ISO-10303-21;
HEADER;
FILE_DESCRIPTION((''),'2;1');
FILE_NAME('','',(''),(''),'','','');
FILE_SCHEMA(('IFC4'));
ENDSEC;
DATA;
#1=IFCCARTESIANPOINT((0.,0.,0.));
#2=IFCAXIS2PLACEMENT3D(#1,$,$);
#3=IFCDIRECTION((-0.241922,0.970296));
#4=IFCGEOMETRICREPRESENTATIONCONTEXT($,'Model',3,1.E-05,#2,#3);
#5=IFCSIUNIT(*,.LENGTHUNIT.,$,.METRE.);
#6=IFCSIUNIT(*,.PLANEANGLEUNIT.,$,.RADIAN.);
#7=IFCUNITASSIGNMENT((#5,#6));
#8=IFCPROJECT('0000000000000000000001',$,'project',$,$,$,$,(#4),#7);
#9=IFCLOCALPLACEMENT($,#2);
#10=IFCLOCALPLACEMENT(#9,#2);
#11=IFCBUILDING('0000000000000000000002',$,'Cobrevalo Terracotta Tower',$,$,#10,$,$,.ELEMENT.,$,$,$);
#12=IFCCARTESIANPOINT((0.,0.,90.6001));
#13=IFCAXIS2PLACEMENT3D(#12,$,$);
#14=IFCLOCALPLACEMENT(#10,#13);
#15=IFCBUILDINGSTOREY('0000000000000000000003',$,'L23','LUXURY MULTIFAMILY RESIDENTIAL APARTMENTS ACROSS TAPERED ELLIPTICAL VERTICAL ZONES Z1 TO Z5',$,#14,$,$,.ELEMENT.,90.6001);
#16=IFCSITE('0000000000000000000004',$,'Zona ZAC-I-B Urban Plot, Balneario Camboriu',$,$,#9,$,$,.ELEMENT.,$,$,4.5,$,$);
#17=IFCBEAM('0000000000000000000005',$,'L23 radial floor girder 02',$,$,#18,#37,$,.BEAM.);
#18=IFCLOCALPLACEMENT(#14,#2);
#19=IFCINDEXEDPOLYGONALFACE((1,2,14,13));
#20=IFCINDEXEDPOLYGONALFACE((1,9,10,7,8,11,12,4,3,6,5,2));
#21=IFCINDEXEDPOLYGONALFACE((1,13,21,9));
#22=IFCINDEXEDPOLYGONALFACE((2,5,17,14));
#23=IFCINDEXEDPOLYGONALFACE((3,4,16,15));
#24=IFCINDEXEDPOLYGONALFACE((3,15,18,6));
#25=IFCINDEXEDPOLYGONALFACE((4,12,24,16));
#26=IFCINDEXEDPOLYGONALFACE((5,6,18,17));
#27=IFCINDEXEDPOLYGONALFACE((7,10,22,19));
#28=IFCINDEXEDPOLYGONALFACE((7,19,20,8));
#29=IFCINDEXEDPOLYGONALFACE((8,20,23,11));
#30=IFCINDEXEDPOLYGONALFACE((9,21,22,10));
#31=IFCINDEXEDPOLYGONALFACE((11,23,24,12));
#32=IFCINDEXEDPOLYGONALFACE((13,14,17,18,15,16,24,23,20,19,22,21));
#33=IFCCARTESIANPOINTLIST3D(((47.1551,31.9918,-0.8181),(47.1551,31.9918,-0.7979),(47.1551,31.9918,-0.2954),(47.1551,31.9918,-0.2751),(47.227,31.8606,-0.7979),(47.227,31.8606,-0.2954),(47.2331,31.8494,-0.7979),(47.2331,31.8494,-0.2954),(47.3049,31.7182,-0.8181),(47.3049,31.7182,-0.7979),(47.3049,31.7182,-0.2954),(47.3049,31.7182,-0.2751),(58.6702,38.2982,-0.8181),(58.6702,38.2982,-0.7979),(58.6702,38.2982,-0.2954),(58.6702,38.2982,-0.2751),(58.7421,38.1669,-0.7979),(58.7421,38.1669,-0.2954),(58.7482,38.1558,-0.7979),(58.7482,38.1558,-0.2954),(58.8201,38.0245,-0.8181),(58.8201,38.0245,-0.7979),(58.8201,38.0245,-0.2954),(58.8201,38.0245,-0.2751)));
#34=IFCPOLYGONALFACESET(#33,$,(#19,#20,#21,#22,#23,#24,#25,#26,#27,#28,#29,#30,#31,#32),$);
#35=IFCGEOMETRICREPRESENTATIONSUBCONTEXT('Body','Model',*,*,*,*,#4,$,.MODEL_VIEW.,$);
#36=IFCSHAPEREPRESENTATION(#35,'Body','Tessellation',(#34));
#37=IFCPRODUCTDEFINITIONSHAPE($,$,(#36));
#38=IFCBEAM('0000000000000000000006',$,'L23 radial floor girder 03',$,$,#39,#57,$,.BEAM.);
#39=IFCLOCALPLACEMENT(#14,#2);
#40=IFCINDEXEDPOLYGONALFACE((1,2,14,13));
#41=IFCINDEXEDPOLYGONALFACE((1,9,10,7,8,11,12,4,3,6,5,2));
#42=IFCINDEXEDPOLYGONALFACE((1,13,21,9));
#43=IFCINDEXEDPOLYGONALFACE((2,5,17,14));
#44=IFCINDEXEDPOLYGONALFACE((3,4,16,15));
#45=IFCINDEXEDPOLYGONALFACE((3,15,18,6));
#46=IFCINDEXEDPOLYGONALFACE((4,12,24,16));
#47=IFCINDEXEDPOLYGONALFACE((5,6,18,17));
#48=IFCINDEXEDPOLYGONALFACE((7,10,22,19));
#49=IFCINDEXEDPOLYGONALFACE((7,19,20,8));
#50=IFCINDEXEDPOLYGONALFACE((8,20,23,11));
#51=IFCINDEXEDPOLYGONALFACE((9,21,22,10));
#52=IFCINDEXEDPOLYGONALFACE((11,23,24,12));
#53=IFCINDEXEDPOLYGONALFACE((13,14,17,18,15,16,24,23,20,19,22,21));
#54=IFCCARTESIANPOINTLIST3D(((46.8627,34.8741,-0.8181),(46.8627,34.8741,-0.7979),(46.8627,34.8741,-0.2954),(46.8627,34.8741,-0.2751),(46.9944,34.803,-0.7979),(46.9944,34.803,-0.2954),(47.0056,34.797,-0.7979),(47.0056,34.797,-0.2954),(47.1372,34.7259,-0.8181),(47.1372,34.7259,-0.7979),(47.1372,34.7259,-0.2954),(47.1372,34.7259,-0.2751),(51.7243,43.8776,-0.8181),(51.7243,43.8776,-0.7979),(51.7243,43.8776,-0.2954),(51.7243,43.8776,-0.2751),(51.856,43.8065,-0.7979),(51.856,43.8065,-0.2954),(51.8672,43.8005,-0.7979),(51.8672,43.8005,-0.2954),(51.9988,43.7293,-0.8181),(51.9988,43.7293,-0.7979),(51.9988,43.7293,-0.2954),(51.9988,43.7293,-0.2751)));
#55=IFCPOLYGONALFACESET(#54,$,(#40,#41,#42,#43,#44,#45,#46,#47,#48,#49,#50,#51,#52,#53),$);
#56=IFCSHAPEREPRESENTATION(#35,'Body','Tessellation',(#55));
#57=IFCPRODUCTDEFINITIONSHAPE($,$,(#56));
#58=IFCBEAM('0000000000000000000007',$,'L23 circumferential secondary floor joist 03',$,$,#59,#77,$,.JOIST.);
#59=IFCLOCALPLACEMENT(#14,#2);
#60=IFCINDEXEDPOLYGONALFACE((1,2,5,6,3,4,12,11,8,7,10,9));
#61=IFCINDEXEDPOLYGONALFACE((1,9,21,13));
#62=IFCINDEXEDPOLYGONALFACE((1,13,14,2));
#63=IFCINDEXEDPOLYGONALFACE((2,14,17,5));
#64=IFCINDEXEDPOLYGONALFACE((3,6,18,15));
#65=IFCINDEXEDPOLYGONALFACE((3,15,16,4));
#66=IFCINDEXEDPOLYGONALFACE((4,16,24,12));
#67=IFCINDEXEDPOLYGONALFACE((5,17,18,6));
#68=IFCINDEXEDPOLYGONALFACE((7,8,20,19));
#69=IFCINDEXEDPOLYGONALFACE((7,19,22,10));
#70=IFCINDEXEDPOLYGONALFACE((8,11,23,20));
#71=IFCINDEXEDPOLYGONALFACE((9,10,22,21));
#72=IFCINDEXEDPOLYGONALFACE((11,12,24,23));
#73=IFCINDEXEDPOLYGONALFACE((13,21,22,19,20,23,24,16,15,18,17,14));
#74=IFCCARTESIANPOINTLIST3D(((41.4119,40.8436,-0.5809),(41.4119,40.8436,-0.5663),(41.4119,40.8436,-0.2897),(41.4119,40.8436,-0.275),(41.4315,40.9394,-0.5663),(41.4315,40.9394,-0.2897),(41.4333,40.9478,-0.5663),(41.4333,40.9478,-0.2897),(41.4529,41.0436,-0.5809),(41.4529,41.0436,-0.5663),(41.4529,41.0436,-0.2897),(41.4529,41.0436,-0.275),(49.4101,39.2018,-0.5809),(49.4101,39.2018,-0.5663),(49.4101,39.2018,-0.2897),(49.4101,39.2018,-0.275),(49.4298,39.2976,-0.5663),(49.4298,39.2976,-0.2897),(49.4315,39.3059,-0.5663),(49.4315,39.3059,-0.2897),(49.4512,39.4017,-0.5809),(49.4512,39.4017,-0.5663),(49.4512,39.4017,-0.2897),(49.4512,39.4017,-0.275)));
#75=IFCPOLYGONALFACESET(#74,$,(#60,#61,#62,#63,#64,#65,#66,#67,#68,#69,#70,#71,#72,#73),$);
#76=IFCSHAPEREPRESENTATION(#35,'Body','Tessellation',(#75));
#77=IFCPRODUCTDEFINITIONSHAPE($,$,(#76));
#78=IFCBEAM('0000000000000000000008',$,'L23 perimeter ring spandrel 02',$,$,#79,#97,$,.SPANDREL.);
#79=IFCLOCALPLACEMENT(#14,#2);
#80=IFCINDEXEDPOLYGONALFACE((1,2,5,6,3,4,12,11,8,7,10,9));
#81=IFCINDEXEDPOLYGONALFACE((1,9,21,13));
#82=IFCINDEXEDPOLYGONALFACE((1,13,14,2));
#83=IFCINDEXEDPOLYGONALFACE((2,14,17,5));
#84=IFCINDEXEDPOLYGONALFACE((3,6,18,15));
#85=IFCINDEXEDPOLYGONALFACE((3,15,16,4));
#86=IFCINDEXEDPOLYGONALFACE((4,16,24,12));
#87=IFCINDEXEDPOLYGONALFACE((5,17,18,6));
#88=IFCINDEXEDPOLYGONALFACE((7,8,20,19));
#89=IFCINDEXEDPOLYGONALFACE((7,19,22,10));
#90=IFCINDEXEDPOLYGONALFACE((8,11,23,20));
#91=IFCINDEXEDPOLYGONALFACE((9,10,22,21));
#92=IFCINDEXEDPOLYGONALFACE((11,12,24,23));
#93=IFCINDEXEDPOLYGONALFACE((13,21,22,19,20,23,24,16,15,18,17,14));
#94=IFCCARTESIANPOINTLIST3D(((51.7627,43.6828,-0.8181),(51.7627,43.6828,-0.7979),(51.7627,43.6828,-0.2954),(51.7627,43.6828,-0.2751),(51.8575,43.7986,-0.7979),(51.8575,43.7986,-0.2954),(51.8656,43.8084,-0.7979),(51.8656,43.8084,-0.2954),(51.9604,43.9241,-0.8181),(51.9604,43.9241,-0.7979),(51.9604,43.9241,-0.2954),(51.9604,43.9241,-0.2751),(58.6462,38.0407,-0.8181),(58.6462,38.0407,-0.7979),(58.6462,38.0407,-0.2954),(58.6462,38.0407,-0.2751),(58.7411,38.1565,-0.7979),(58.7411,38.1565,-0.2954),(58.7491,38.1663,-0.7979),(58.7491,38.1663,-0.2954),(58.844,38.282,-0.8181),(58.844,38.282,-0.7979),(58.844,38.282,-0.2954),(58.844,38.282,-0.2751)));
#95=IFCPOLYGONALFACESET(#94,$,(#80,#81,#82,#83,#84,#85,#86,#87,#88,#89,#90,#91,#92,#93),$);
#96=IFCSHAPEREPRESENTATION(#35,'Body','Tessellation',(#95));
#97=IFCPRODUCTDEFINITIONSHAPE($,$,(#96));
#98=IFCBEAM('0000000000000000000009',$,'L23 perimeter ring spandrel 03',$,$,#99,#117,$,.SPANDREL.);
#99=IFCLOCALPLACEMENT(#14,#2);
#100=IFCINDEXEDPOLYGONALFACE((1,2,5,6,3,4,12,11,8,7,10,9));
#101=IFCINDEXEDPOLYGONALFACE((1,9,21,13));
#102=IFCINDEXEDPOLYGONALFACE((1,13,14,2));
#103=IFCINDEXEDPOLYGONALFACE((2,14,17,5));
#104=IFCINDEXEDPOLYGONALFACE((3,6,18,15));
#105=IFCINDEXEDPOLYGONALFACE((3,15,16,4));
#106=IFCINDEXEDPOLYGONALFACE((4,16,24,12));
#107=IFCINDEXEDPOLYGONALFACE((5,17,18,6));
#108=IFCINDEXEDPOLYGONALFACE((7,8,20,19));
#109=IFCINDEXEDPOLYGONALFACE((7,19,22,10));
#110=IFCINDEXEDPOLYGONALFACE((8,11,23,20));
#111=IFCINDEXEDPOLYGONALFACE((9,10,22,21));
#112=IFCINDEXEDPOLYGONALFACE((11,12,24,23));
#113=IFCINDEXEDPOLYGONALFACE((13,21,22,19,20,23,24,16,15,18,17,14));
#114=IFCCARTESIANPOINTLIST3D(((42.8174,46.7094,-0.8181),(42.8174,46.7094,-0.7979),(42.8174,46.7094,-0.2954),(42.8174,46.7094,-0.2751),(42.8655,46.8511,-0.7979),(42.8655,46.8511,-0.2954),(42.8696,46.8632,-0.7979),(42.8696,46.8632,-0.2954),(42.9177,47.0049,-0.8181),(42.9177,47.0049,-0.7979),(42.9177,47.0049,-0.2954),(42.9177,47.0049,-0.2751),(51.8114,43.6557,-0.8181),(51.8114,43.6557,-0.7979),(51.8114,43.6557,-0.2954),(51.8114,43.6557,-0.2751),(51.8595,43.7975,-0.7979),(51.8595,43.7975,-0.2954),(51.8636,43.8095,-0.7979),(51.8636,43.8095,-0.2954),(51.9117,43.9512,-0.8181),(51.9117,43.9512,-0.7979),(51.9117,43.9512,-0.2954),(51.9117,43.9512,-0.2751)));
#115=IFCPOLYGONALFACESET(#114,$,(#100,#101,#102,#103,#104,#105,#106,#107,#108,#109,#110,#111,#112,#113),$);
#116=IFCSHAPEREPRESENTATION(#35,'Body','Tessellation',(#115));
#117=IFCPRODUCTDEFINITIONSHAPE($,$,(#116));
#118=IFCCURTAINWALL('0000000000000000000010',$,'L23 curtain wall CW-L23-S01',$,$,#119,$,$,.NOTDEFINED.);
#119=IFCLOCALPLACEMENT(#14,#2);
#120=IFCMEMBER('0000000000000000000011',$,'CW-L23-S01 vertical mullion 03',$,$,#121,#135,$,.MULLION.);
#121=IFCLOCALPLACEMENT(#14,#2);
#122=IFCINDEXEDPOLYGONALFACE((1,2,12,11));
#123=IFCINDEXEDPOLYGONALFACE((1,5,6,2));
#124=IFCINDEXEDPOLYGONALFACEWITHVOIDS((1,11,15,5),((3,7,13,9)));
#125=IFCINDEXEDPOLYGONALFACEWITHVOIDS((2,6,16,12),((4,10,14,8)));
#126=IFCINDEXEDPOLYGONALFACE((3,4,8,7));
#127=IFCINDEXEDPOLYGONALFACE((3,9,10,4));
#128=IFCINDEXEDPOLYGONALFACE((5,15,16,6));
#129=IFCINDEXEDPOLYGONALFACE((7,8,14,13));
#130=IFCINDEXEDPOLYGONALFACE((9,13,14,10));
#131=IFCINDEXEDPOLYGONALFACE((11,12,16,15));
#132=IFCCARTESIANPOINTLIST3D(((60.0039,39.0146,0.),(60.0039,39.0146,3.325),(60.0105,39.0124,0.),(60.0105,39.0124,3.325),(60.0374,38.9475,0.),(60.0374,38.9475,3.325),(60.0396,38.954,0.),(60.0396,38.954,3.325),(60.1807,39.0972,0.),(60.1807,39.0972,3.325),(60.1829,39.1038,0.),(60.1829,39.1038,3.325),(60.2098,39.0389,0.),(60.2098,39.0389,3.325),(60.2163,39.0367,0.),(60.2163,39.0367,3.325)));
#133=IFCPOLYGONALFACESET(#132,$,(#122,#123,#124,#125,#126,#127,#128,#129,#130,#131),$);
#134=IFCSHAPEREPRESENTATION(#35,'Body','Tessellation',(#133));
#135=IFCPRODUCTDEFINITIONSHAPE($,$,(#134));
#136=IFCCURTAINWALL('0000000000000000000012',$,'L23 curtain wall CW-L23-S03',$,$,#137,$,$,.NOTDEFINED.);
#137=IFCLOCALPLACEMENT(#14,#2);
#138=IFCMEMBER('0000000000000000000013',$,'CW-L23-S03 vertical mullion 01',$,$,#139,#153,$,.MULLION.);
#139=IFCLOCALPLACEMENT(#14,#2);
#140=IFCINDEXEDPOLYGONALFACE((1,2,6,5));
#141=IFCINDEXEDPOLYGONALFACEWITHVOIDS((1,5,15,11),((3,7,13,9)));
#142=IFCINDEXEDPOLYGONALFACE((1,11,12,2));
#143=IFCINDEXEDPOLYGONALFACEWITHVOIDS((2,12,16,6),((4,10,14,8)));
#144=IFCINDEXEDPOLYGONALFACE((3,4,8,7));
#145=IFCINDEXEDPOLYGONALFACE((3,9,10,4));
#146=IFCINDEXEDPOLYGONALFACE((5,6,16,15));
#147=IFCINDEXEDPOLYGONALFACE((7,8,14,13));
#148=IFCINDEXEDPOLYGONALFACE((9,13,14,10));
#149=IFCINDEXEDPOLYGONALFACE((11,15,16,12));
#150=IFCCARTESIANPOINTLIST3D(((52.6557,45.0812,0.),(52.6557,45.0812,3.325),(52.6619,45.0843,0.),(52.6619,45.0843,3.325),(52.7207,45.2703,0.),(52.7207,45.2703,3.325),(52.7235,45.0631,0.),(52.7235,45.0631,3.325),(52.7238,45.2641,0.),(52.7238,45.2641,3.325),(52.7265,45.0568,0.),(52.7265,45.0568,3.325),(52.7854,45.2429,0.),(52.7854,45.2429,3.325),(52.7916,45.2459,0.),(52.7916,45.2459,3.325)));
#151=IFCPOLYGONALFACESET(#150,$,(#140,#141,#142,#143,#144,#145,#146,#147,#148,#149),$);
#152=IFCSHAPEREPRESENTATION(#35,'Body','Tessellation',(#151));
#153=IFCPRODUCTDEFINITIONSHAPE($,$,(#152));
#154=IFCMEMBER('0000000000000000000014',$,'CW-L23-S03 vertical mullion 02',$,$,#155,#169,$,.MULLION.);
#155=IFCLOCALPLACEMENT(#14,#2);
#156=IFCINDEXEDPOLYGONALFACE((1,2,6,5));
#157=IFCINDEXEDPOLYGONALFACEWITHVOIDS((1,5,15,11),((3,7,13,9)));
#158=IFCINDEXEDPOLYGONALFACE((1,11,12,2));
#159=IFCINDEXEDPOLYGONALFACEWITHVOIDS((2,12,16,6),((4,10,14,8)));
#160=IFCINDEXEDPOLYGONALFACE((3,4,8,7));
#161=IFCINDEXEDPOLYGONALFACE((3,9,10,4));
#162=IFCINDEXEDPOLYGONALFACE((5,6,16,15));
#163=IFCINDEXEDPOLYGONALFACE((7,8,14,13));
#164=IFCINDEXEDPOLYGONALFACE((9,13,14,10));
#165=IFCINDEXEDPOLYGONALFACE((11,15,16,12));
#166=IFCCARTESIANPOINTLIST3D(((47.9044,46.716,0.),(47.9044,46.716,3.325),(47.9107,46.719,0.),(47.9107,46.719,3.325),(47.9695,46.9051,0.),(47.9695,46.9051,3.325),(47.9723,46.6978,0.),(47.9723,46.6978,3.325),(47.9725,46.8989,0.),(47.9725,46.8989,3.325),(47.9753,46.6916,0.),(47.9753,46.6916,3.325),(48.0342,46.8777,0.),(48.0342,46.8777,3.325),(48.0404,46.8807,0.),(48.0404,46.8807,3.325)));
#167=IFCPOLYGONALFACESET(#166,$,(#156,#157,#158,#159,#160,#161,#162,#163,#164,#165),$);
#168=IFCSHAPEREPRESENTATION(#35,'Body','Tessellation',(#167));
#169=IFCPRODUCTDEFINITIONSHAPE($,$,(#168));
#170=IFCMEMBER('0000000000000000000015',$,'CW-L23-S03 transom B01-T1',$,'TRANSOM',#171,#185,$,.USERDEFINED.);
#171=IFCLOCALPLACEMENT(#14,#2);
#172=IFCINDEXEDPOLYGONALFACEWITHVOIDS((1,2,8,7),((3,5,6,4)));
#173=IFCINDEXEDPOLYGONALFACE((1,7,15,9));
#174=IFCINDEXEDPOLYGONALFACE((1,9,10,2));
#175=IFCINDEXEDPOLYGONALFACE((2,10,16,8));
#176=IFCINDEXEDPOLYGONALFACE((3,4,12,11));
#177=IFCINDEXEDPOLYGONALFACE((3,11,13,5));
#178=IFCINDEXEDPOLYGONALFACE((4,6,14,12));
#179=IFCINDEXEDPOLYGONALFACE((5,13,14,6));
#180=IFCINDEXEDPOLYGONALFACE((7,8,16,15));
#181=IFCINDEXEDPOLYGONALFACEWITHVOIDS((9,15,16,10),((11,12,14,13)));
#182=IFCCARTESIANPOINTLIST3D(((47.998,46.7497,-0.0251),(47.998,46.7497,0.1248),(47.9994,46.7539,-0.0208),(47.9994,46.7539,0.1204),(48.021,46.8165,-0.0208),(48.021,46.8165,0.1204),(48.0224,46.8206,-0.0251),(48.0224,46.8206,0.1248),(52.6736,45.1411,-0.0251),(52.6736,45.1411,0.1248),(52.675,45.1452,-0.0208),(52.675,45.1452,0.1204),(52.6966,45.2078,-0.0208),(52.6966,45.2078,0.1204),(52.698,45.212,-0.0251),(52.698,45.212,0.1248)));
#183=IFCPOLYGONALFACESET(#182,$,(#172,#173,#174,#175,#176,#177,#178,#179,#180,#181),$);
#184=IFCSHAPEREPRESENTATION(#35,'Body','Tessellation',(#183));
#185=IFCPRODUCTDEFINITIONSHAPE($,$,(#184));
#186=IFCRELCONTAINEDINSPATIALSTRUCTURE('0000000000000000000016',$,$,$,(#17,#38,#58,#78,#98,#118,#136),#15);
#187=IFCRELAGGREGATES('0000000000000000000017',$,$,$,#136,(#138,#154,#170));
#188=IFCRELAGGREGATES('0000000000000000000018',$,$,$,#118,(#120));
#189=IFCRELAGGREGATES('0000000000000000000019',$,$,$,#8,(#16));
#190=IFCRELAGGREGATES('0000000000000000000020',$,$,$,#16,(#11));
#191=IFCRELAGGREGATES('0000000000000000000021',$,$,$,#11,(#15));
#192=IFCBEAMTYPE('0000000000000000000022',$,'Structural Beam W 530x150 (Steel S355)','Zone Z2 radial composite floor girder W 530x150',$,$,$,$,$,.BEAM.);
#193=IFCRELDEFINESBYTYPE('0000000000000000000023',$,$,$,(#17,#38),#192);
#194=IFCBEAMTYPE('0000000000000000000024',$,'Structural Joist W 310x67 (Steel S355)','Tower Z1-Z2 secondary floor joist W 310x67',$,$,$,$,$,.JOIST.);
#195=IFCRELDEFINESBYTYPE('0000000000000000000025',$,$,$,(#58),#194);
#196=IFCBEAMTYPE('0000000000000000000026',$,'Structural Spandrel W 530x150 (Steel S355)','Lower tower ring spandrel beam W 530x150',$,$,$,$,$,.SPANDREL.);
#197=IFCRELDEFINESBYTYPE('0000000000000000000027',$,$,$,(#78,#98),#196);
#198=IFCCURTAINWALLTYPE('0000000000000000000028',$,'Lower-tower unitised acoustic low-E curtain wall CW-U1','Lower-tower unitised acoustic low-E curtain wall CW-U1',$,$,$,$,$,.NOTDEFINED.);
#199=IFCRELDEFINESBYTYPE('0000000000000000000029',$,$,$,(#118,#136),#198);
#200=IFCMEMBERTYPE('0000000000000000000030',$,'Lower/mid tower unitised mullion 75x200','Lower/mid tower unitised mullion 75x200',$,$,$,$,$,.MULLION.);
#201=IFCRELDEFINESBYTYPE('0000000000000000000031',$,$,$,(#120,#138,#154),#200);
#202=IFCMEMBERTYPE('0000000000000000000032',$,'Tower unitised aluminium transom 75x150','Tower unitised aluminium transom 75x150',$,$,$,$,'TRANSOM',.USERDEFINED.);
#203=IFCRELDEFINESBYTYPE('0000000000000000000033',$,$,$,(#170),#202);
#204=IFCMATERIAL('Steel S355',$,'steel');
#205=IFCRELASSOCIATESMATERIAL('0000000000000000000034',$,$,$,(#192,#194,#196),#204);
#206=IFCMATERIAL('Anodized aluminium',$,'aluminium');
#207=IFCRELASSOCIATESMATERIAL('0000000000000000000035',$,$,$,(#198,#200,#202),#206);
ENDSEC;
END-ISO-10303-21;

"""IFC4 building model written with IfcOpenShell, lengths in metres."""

from ifc_helpers import new_model, si_unit, direction, frame, origin, origin_2d, place, context, subcontext, project, spatial, hollow_rectangle, i_section, extrude, source, transform, mapped, material, material_profile, profile_set, type_object, element, aggregate, save


model = new_model("IFC4")

# Units and contexts
model_context = context("Model", 3, precision=1e-05, world=origin(), true_north=direction((-0.241922, 0.970296)))
body_context = subcontext(model_context, "Body", "Model", "MODEL_VIEW")
ifc_project = project(units=[si_unit("LENGTHUNIT", "METRE"), si_unit("PLANEANGLEUNIT", "RADIAN")], contexts=[model_context])

# Site, building, storey
site_placement = place(None, origin())
site = spatial("IfcSite", under=ifc_project, at=site_placement, Name="Zona ZAC-I-B Urban Plot, Balneario Camboriu", CompositionType="ELEMENT", RefElevation=4.5)
building_placement = place(site_placement, origin())
building = spatial("IfcBuilding", under=site, at=building_placement, Name="Cobrevalo Terracotta Tower", CompositionType="ELEMENT")
storey_placement = place(building_placement, frame((0.0, 0.0, 90.6001)))
storey = spatial("IfcBuildingStorey", under=building, at=storey_placement, Name="L23", Description="LUXURY MULTIFAMILY RESIDENTIAL APARTMENTS ACROSS TAPERED ELLIPTICAL VERTICAL ZONES Z1 TO Z5", CompositionType="ELEMENT", Elevation=90.6001)

# Shared definitions
ifc_material_1 = material(Name="Steel S355", Category="steel")

# Beams
ifc_material_profile_1 = material_profile(ifc_material_1, i_section(OverallWidth=0.312, OverallDepth=0.543, WebThickness=0.0127, FlangeThickness=0.0203, at=origin_2d()), Name="W 530x150")
ifc_profile_set_1 = profile_set([ifc_material_profile_1], Name="Steel S355")
beam_type_1 = type_object("IfcBeamType", Name="Structural Beam W 530x150 (Steel S355)", Description="Zone Z2 radial composite floor girder W 530x150", PredefinedType="BEAM", material=ifc_profile_set_1)
beam_1_placement = place(storey_placement, frame((58.7451, 38.1614, -0.5466), z_axis=(-0.877081, -0.480343, 0.0), x_axis=(0.480343, -0.877081, 0.0)))
element("IfcBeam", 1, at=beam_1_placement, inside=storey, type_object=beam_type_1, Name="L23 radial floor girder 02", PredefinedType="BEAM", context=body_context, shape_type="SweptSolid", body=[
    extrude(i_section(OverallWidth=0.312, OverallDepth=0.543, WebThickness=0.0127, FlangeThickness=0.0203, at=origin_2d()), origin(), (0.0, 0.0, 1.0), 13.1289),
])
beam_2_placement = place(storey_placement, frame((51.8616, 43.8035, -0.5466), z_axis=(-0.475128, -0.879917, 0.0), x_axis=(0.879917, -0.475128, 0.0)))
element("IfcBeam", 2, at=beam_2_placement, inside=storey, type_object=beam_type_1, Name="L23 radial floor girder 03", PredefinedType="BEAM", context=body_context, shape_type="SweptSolid", body=[
    extrude(i_section(OverallWidth=0.312, OverallDepth=0.543, WebThickness=0.0127, FlangeThickness=0.0203, at=origin_2d()), origin(), (0.0, 0.0, 1.0), 10.2322),
])
ifc_material_profile_2 = material_profile(ifc_material_1, i_section(OverallWidth=0.2041, OverallDepth=0.3059, WebThickness=0.0085, FlangeThickness=0.0146, at=origin_2d()), Name="W 310x67")
ifc_profile_set_2 = profile_set([ifc_material_profile_2], Name="Steel S355")
beam_type_2 = type_object("IfcBeamType", Name="Structural Joist W 310x67 (Steel S355)", Description="Tower Z1-Z2 secondary floor joist W 310x67", PredefinedType="JOIST", material=ifc_profile_set_2)
beam_3_placement = place(storey_placement, frame((49.4307, 39.3018, -0.428), z_axis=(-0.979574, 0.201082, 0.0), x_axis=(-0.201082, -0.979574, 0.0)))
element("IfcBeam", 3, at=beam_3_placement, inside=storey, type_object=beam_type_2, Name="L23 circumferential secondary floor joist 03", PredefinedType="JOIST", context=body_context, shape_type="SweptSolid", body=[
    extrude(i_section(OverallWidth=0.2041, OverallDepth=0.3059, WebThickness=0.0085, FlangeThickness=0.0146, at=origin_2d()), origin(), (0.0, 0.0, 1.0), 8.165),
])
ifc_material_profile_3 = material_profile(ifc_material_1, i_section(OverallWidth=0.312, OverallDepth=0.543, WebThickness=0.0127, FlangeThickness=0.0203, at=origin_2d()), Name="W 530x150")
ifc_profile_set_3 = profile_set([ifc_material_profile_3], Name="Steel S355")
beam_type_3 = type_object("IfcBeamType", Name="Structural Spandrel W 530x150 (Steel S355)", Description="Lower tower ring spandrel beam W 530x150", PredefinedType="SPANDREL", material=ifc_profile_set_3)
beam_4_placement = place(storey_placement, frame((58.7451, 38.1614, -0.5466), z_axis=(-0.773401, 0.633917, 0.0), x_axis=(-0.633917, -0.773401, 0.0)))
element("IfcBeam", 4, at=beam_4_placement, inside=storey, type_object=beam_type_3, Name="L23 perimeter ring spandrel 02", PredefinedType="SPANDREL", context=body_context, shape_type="SweptSolid", body=[
    extrude(i_section(OverallWidth=0.312, OverallDepth=0.543, WebThickness=0.0127, FlangeThickness=0.0203, at=origin_2d()), origin(), (0.0, 0.0, 1.0), 8.9004),
])
beam_5_placement = place(storey_placement, frame((51.8616, 43.8035, -0.5466), z_axis=(-0.946911, 0.321497, 0.0), x_axis=(-0.321497, -0.946911, 0.0)))
element("IfcBeam", 5, at=beam_5_placement, inside=storey, type_object=beam_type_3, Name="L23 perimeter ring spandrel 03", PredefinedType="SPANDREL", context=body_context, shape_type="SweptSolid", body=[
    extrude(i_section(OverallWidth=0.312, OverallDepth=0.543, WebThickness=0.0127, FlangeThickness=0.0203, at=origin_2d()), origin(), (0.0, 0.0, 1.0), 9.4983),
])

# Curtain wall, member
ifc_material_2 = material(Name="Anodized aluminium", Category="aluminium")
curtain_wall_type = type_object("IfcCurtainWallType", Name="Lower-tower unitised acoustic low-E curtain wall CW-U1", Description="Lower-tower unitised acoustic low-E curtain wall CW-U1", PredefinedType="NOTDEFINED", material=ifc_material_2)
curtain_wall_1_placement = place(storey_placement, origin())
curtain_wall_1 = element("IfcCurtainWall", 6, at=curtain_wall_1_placement, inside=storey, type_object=curtain_wall_type, Name="L23 curtain wall CW-L23-S01", PredefinedType="NOTDEFINED")
ifc_material_profile_4 = material_profile(ifc_material_2, hollow_rectangle(XDim=0.075, YDim=0.2, WallThickness=0.0049, at=origin_2d()), Name="CWM 75x200")
ifc_profile_set_4 = profile_set([ifc_material_profile_4], Name="Anodized aluminium")
member_type_1 = type_object("IfcMemberType", Name="Lower/mid tower unitised mullion 75x200", Description="Lower/mid tower unitised mullion 75x200", PredefinedType="MULLION", material=ifc_profile_set_4)
shared_shape_1 = source(origin(), body_context, "Body", "SweptSolid", [
    extrude(hollow_rectangle(XDim=0.075, YDim=0.2, WallThickness=0.0049, at=origin_2d()), origin(), (0.0, 0.0, 1.0), 3.325),
])
member_1_placement = place(storey_placement, frame((60.1101, 39.0256, 0.0), z_axis=(0.0, 0.0, 1.0), x_axis=(-0.44626, 0.894903, 0.0)))
member_1 = element("IfcMember", 7, at=member_1_placement, type_object=member_type_1, Name="CW-L23-S01 vertical mullion 03", PredefinedType="MULLION", context=body_context, shape_type="MappedRepresentation", body=[
    mapped(shared_shape_1, transform((0.0, 0.0, 0.0), scale=1.0)),
])

# Curtain wall, members
curtain_wall_2_placement = place(storey_placement, origin())
curtain_wall_2 = element("IfcCurtainWall", 8, at=curtain_wall_2_placement, inside=storey, type_object=curtain_wall_type, Name="L23 curtain wall CW-L23-S03", PredefinedType="NOTDEFINED")
member_2_placement = place(storey_placement, frame((52.7236, 45.1636, 0.0), z_axis=(0.0, 0.0, 1.0), x_axis=(-0.945598, 0.325337, 0.0)))
member_2 = element("IfcMember", 9, at=member_2_placement, type_object=member_type_1, Name="CW-L23-S03 vertical mullion 01", PredefinedType="MULLION", context=body_context, shape_type="MappedRepresentation", body=[
    mapped(shared_shape_1, transform((0.0, 0.0, 0.0), scale=1.0)),
])
member_3_placement = place(storey_placement, frame((47.9724, 46.7983, 0.0), z_axis=(0.0, 0.0, 1.0), x_axis=(-0.945598, 0.325337, 0.0)))
member_3 = element("IfcMember", 10, at=member_3_placement, type_object=member_type_1, Name="CW-L23-S03 vertical mullion 02", PredefinedType="MULLION", context=body_context, shape_type="MappedRepresentation", body=[
    mapped(shared_shape_1, transform((0.0, 0.0, 0.0), scale=1.0)),
])
ifc_material_profile_5 = material_profile(ifc_material_2, hollow_rectangle(XDim=0.075, YDim=0.1499, WallThickness=0.0044, at=origin_2d()), Name="CWT 75x150")
ifc_profile_set_5 = profile_set([ifc_material_profile_5], Name="Anodized aluminium")
member_type_2 = type_object("IfcMemberType", Name="Tower unitised aluminium transom 75x150", Description="Tower unitised aluminium transom 75x150", ElementType="TRANSOM", PredefinedType="USERDEFINED", material=ifc_profile_set_5)
shared_shape_2 = source(origin(), body_context, "Body", "SweptSolid", [
    extrude(hollow_rectangle(XDim=0.075, YDim=0.1499, WallThickness=0.0044, at=origin_2d()), origin(), (0.0, 0.0, 1.0), 4.9446),
])
member_4_placement = place(storey_placement, frame((52.6858, 45.1765, 0.0498), z_axis=(-0.945598, 0.325338, 0.0), x_axis=(-0.325338, -0.945598, 0.0)))
member_4 = element("IfcMember", 11, at=member_4_placement, type_object=member_type_2, Name="CW-L23-S03 transom B01-T1", ObjectType="TRANSOM", PredefinedType="USERDEFINED", context=body_context, shape_type="MappedRepresentation", body=[
    mapped(shared_shape_2, transform((0.0, 0.0, 0.0), scale=1.0)),
])

aggregate(curtain_wall_2, [member_2, member_3, member_4])
aggregate(curtain_wall_1, [member_1])

save(model, "model.ifc")
